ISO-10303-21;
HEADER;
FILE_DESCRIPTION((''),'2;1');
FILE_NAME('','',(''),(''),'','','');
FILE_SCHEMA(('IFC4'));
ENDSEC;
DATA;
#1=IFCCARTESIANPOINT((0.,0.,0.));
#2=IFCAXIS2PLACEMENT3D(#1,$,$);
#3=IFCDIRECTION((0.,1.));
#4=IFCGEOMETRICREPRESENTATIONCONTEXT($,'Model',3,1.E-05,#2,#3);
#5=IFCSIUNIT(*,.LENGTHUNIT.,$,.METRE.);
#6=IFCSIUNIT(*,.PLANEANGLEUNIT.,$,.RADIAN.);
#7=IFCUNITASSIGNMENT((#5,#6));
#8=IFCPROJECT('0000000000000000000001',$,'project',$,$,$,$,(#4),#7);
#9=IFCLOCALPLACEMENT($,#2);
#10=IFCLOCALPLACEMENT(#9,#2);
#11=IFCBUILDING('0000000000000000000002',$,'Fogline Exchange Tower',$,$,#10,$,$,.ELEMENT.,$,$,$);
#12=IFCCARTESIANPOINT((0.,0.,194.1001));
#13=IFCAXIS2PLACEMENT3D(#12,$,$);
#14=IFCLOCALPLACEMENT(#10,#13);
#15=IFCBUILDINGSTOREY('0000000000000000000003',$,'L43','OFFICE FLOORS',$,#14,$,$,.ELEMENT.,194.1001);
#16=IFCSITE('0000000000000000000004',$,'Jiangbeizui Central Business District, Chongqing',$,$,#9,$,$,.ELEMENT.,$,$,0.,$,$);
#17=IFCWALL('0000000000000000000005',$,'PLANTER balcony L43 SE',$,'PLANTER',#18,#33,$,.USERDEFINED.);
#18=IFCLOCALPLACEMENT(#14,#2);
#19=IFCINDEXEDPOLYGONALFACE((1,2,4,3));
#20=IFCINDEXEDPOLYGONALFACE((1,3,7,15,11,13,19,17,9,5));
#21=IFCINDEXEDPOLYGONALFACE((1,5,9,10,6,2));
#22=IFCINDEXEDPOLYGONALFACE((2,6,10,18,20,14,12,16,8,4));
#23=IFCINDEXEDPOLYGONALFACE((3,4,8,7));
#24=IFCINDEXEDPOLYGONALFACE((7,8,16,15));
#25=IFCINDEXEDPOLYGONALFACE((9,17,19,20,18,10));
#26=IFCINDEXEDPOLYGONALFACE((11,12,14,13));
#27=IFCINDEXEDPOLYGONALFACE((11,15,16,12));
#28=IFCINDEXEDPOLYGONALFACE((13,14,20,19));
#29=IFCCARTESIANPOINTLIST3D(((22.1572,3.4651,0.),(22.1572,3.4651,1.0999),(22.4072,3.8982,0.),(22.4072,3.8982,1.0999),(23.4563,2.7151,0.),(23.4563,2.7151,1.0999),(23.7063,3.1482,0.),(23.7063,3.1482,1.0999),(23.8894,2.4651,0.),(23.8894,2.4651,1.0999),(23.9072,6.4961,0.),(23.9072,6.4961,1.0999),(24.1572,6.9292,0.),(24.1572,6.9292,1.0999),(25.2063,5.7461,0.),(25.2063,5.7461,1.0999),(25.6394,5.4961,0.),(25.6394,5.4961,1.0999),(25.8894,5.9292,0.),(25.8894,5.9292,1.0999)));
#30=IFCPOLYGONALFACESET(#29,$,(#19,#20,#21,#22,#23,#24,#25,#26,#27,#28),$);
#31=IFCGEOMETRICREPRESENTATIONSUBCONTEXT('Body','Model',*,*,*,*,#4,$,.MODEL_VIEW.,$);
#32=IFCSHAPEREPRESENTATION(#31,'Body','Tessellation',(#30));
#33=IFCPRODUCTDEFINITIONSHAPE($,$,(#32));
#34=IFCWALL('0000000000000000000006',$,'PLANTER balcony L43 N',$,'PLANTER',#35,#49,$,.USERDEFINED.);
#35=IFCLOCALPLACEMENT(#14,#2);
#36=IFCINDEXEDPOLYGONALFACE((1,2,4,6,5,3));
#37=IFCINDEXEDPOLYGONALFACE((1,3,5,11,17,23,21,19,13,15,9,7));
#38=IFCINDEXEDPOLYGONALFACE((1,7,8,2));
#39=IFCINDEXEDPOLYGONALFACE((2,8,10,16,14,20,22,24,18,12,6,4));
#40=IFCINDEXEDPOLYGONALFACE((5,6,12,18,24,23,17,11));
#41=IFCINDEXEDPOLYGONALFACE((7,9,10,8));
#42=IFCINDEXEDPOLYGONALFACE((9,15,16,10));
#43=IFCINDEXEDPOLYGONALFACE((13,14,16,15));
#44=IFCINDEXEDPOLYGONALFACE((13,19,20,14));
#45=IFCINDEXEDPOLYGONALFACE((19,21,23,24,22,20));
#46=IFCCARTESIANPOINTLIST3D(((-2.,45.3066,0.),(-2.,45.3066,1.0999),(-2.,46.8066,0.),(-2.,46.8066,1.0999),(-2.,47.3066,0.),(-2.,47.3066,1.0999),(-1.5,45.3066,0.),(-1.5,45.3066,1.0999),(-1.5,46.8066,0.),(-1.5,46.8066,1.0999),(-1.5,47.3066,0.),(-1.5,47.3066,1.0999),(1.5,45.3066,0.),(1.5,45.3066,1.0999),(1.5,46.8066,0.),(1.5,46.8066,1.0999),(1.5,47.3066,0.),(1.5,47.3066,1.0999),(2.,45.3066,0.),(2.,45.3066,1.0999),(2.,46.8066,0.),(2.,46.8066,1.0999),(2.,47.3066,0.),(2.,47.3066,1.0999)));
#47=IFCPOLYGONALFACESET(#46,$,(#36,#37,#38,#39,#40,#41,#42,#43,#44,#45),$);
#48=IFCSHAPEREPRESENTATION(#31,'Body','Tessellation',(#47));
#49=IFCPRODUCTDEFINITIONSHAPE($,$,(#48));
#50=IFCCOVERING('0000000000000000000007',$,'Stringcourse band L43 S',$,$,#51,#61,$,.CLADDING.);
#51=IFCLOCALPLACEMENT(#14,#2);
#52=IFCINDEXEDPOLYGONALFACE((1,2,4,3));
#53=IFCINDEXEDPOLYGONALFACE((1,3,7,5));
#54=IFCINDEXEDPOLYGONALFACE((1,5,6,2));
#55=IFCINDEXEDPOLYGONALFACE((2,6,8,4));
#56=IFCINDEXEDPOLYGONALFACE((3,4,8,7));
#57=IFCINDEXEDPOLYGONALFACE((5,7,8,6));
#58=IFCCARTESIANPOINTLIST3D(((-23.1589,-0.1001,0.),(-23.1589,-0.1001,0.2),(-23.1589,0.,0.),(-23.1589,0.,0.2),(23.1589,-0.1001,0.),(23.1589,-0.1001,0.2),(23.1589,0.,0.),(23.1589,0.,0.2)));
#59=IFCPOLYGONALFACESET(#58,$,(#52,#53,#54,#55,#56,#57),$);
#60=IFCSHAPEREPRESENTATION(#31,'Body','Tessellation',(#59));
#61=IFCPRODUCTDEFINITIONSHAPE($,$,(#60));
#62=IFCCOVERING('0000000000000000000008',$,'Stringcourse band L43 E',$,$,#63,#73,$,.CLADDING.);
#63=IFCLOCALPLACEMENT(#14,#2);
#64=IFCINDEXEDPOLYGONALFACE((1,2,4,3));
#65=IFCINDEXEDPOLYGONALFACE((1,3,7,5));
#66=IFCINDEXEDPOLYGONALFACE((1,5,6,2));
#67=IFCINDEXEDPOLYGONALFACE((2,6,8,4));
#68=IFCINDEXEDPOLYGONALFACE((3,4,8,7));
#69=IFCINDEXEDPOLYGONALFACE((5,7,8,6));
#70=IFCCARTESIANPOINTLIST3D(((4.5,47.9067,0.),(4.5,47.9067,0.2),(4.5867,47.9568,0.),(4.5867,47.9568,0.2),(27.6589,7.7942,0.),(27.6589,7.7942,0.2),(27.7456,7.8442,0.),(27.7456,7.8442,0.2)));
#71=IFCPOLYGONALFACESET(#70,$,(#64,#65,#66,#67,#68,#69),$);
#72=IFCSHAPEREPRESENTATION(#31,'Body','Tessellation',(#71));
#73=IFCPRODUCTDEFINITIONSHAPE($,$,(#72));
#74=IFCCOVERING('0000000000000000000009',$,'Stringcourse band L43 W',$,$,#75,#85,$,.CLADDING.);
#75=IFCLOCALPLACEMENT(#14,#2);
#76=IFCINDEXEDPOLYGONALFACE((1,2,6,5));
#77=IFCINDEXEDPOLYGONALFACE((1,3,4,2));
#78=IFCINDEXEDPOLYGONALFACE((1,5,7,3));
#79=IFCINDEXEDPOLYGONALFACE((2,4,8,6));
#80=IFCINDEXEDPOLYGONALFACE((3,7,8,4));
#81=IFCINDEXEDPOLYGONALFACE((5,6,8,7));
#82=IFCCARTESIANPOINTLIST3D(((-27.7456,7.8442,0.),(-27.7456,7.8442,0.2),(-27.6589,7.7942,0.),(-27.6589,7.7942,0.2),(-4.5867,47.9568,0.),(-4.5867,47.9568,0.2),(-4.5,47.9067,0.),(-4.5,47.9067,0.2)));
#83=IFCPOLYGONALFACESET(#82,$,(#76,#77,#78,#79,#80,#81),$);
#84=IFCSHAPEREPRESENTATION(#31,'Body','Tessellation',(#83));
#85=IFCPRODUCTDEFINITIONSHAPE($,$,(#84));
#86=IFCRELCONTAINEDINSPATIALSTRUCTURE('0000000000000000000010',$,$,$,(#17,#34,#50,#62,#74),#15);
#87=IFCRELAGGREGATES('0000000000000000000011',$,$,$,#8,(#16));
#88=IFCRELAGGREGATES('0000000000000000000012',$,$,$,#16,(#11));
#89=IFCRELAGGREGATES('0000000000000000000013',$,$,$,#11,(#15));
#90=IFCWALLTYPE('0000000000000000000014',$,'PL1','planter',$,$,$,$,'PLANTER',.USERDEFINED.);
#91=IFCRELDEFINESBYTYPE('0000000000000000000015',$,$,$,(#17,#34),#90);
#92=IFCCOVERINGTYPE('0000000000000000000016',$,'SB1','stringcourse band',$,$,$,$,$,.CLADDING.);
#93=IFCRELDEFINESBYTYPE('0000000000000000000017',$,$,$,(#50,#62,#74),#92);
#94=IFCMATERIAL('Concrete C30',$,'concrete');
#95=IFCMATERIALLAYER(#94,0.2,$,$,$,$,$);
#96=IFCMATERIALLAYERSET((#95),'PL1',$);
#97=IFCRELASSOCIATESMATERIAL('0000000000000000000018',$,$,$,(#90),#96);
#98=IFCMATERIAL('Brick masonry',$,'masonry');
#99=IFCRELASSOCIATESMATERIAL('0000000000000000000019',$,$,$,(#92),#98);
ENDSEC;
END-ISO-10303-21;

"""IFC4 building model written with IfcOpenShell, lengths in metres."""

from ifc_helpers import new_model, si_unit, direction, frame, origin, place, context, subcontext, project, spatial, polyline, outline, extrude, material, layer, layer_set, type_object, element, save


model = new_model("IFC4")

# Units and contexts
model_context = context("Model", 3, precision=1e-05, world=origin(), true_north=direction((0.0, 1.0)))
body_context = subcontext(model_context, "Body", "Model", "MODEL_VIEW")
ifc_project = project(units=[si_unit("LENGTHUNIT", "METRE"), si_unit("PLANEANGLEUNIT", "RADIAN")], contexts=[model_context])

# Site, building, storey
site_placement = place(None, origin())
site = spatial("IfcSite", under=ifc_project, at=site_placement, Name="Jiangbeizui Central Business District, Chongqing", CompositionType="ELEMENT", RefElevation=0.0)
building_placement = place(site_placement, origin())
building = spatial("IfcBuilding", under=site, at=building_placement, Name="Fogline Exchange Tower", CompositionType="ELEMENT")
storey_placement = place(building_placement, frame((0.0, 0.0, 194.1001)))
storey = spatial("IfcBuildingStorey", under=building, at=storey_placement, Name="L43", Description="OFFICE FLOORS", CompositionType="ELEMENT", Elevation=194.1001)

# Walls
ifc_material_1 = material(Name="Brick masonry", Category="masonry")
ifc_material_2 = material(Name="Concrete C30", Category="concrete")
ifc_layer_1 = layer(ifc_material_2, 0.2)
ifc_layer_set_1 = layer_set([ifc_layer_1], Name="PL1")
wall_type_1 = type_object("IfcWallType", Name="PL1", Description="planter", ElementType="PLANTER", PredefinedType="USERDEFINED", material=ifc_layer_set_1)
wall_1_placement = place(storey_placement, origin())
element("IfcWall", 1, at=wall_1_placement, inside=storey, type_object=wall_type_1, Name="PLANTER balcony L43 SE", ObjectType="PLANTER", PredefinedType="USERDEFINED", context=body_context, shape_type="SweptSolid", body=[
    extrude(outline(polyline([(22.1572, 3.4651), (23.4563, 2.7151), (23.4563, 2.7151), (23.8894, 2.4651), (25.6394, 5.4961), (25.8894, 5.9292), (24.1572, 6.9292), (23.9072, 6.4961), (25.2063, 5.7461), (23.7063, 3.1482), (22.4072, 3.8982), (22.1572, 3.4651)])), origin(), (0.0, 0.0, 1.0), 1.0999),
])
wall_2_placement = place(storey_placement, origin())
element("IfcWall", 2, at=wall_2_placement, inside=storey, type_object=wall_type_1, Name="PLANTER balcony L43 N", ObjectType="PLANTER", PredefinedType="USERDEFINED", context=body_context, shape_type="SweptSolid", body=[
    extrude(outline(polyline([(-1.5, 47.3066), (-2.0, 47.3066), (-2.0, 46.8066), (-2.0, 45.3066), (-1.5, 45.3066), (-1.5, 46.8066), (1.5, 46.8066), (1.5, 45.3066), (2.0, 45.3066), (2.0, 46.8066), (2.0, 47.3066), (1.5, 47.3066), (-1.5, 47.3066)])), origin(), (0.0, 0.0, 1.0), 1.0999),
])

# Coverings
covering_type = type_object("IfcCoveringType", Name="SB1", Description="stringcourse band", PredefinedType="CLADDING", material=ifc_material_1)
covering_1_placement = place(storey_placement, origin())
element("IfcCovering", 3, at=covering_1_placement, inside=storey, type_object=covering_type, Name="Stringcourse band L43 S", PredefinedType="CLADDING", context=body_context, shape_type="SweptSolid", body=[
    extrude(outline(polyline([(-23.1589, 0.0), (-23.1589, -0.1001), (23.1589, -0.1001), (23.1589, 0.0), (-23.1589, 0.0)])), origin(), (0.0, 0.0, 1.0), 0.2),
])
covering_2_placement = place(storey_placement, origin())
element("IfcCovering", 4, at=covering_2_placement, inside=storey, type_object=covering_type, Name="Stringcourse band L43 E", PredefinedType="CLADDING", context=body_context, shape_type="SweptSolid", body=[
    extrude(outline(polyline([(27.6589, 7.7942), (27.7456, 7.8442), (4.5867, 47.9568), (4.5, 47.9067), (27.6589, 7.7942)])), origin(), (0.0, 0.0, 1.0), 0.2),
])
covering_3_placement = place(storey_placement, origin())
element("IfcCovering", 5, at=covering_3_placement, inside=storey, type_object=covering_type, Name="Stringcourse band L43 W", PredefinedType="CLADDING", context=body_context, shape_type="SweptSolid", body=[
    extrude(outline(polyline([(-4.5, 47.9067), (-4.5867, 47.9568), (-27.7456, 7.8442), (-27.6589, 7.7942), (-4.5, 47.9067)])), origin(), (0.0, 0.0, 1.0), 0.2),
])

save(model, "model.ifc")
